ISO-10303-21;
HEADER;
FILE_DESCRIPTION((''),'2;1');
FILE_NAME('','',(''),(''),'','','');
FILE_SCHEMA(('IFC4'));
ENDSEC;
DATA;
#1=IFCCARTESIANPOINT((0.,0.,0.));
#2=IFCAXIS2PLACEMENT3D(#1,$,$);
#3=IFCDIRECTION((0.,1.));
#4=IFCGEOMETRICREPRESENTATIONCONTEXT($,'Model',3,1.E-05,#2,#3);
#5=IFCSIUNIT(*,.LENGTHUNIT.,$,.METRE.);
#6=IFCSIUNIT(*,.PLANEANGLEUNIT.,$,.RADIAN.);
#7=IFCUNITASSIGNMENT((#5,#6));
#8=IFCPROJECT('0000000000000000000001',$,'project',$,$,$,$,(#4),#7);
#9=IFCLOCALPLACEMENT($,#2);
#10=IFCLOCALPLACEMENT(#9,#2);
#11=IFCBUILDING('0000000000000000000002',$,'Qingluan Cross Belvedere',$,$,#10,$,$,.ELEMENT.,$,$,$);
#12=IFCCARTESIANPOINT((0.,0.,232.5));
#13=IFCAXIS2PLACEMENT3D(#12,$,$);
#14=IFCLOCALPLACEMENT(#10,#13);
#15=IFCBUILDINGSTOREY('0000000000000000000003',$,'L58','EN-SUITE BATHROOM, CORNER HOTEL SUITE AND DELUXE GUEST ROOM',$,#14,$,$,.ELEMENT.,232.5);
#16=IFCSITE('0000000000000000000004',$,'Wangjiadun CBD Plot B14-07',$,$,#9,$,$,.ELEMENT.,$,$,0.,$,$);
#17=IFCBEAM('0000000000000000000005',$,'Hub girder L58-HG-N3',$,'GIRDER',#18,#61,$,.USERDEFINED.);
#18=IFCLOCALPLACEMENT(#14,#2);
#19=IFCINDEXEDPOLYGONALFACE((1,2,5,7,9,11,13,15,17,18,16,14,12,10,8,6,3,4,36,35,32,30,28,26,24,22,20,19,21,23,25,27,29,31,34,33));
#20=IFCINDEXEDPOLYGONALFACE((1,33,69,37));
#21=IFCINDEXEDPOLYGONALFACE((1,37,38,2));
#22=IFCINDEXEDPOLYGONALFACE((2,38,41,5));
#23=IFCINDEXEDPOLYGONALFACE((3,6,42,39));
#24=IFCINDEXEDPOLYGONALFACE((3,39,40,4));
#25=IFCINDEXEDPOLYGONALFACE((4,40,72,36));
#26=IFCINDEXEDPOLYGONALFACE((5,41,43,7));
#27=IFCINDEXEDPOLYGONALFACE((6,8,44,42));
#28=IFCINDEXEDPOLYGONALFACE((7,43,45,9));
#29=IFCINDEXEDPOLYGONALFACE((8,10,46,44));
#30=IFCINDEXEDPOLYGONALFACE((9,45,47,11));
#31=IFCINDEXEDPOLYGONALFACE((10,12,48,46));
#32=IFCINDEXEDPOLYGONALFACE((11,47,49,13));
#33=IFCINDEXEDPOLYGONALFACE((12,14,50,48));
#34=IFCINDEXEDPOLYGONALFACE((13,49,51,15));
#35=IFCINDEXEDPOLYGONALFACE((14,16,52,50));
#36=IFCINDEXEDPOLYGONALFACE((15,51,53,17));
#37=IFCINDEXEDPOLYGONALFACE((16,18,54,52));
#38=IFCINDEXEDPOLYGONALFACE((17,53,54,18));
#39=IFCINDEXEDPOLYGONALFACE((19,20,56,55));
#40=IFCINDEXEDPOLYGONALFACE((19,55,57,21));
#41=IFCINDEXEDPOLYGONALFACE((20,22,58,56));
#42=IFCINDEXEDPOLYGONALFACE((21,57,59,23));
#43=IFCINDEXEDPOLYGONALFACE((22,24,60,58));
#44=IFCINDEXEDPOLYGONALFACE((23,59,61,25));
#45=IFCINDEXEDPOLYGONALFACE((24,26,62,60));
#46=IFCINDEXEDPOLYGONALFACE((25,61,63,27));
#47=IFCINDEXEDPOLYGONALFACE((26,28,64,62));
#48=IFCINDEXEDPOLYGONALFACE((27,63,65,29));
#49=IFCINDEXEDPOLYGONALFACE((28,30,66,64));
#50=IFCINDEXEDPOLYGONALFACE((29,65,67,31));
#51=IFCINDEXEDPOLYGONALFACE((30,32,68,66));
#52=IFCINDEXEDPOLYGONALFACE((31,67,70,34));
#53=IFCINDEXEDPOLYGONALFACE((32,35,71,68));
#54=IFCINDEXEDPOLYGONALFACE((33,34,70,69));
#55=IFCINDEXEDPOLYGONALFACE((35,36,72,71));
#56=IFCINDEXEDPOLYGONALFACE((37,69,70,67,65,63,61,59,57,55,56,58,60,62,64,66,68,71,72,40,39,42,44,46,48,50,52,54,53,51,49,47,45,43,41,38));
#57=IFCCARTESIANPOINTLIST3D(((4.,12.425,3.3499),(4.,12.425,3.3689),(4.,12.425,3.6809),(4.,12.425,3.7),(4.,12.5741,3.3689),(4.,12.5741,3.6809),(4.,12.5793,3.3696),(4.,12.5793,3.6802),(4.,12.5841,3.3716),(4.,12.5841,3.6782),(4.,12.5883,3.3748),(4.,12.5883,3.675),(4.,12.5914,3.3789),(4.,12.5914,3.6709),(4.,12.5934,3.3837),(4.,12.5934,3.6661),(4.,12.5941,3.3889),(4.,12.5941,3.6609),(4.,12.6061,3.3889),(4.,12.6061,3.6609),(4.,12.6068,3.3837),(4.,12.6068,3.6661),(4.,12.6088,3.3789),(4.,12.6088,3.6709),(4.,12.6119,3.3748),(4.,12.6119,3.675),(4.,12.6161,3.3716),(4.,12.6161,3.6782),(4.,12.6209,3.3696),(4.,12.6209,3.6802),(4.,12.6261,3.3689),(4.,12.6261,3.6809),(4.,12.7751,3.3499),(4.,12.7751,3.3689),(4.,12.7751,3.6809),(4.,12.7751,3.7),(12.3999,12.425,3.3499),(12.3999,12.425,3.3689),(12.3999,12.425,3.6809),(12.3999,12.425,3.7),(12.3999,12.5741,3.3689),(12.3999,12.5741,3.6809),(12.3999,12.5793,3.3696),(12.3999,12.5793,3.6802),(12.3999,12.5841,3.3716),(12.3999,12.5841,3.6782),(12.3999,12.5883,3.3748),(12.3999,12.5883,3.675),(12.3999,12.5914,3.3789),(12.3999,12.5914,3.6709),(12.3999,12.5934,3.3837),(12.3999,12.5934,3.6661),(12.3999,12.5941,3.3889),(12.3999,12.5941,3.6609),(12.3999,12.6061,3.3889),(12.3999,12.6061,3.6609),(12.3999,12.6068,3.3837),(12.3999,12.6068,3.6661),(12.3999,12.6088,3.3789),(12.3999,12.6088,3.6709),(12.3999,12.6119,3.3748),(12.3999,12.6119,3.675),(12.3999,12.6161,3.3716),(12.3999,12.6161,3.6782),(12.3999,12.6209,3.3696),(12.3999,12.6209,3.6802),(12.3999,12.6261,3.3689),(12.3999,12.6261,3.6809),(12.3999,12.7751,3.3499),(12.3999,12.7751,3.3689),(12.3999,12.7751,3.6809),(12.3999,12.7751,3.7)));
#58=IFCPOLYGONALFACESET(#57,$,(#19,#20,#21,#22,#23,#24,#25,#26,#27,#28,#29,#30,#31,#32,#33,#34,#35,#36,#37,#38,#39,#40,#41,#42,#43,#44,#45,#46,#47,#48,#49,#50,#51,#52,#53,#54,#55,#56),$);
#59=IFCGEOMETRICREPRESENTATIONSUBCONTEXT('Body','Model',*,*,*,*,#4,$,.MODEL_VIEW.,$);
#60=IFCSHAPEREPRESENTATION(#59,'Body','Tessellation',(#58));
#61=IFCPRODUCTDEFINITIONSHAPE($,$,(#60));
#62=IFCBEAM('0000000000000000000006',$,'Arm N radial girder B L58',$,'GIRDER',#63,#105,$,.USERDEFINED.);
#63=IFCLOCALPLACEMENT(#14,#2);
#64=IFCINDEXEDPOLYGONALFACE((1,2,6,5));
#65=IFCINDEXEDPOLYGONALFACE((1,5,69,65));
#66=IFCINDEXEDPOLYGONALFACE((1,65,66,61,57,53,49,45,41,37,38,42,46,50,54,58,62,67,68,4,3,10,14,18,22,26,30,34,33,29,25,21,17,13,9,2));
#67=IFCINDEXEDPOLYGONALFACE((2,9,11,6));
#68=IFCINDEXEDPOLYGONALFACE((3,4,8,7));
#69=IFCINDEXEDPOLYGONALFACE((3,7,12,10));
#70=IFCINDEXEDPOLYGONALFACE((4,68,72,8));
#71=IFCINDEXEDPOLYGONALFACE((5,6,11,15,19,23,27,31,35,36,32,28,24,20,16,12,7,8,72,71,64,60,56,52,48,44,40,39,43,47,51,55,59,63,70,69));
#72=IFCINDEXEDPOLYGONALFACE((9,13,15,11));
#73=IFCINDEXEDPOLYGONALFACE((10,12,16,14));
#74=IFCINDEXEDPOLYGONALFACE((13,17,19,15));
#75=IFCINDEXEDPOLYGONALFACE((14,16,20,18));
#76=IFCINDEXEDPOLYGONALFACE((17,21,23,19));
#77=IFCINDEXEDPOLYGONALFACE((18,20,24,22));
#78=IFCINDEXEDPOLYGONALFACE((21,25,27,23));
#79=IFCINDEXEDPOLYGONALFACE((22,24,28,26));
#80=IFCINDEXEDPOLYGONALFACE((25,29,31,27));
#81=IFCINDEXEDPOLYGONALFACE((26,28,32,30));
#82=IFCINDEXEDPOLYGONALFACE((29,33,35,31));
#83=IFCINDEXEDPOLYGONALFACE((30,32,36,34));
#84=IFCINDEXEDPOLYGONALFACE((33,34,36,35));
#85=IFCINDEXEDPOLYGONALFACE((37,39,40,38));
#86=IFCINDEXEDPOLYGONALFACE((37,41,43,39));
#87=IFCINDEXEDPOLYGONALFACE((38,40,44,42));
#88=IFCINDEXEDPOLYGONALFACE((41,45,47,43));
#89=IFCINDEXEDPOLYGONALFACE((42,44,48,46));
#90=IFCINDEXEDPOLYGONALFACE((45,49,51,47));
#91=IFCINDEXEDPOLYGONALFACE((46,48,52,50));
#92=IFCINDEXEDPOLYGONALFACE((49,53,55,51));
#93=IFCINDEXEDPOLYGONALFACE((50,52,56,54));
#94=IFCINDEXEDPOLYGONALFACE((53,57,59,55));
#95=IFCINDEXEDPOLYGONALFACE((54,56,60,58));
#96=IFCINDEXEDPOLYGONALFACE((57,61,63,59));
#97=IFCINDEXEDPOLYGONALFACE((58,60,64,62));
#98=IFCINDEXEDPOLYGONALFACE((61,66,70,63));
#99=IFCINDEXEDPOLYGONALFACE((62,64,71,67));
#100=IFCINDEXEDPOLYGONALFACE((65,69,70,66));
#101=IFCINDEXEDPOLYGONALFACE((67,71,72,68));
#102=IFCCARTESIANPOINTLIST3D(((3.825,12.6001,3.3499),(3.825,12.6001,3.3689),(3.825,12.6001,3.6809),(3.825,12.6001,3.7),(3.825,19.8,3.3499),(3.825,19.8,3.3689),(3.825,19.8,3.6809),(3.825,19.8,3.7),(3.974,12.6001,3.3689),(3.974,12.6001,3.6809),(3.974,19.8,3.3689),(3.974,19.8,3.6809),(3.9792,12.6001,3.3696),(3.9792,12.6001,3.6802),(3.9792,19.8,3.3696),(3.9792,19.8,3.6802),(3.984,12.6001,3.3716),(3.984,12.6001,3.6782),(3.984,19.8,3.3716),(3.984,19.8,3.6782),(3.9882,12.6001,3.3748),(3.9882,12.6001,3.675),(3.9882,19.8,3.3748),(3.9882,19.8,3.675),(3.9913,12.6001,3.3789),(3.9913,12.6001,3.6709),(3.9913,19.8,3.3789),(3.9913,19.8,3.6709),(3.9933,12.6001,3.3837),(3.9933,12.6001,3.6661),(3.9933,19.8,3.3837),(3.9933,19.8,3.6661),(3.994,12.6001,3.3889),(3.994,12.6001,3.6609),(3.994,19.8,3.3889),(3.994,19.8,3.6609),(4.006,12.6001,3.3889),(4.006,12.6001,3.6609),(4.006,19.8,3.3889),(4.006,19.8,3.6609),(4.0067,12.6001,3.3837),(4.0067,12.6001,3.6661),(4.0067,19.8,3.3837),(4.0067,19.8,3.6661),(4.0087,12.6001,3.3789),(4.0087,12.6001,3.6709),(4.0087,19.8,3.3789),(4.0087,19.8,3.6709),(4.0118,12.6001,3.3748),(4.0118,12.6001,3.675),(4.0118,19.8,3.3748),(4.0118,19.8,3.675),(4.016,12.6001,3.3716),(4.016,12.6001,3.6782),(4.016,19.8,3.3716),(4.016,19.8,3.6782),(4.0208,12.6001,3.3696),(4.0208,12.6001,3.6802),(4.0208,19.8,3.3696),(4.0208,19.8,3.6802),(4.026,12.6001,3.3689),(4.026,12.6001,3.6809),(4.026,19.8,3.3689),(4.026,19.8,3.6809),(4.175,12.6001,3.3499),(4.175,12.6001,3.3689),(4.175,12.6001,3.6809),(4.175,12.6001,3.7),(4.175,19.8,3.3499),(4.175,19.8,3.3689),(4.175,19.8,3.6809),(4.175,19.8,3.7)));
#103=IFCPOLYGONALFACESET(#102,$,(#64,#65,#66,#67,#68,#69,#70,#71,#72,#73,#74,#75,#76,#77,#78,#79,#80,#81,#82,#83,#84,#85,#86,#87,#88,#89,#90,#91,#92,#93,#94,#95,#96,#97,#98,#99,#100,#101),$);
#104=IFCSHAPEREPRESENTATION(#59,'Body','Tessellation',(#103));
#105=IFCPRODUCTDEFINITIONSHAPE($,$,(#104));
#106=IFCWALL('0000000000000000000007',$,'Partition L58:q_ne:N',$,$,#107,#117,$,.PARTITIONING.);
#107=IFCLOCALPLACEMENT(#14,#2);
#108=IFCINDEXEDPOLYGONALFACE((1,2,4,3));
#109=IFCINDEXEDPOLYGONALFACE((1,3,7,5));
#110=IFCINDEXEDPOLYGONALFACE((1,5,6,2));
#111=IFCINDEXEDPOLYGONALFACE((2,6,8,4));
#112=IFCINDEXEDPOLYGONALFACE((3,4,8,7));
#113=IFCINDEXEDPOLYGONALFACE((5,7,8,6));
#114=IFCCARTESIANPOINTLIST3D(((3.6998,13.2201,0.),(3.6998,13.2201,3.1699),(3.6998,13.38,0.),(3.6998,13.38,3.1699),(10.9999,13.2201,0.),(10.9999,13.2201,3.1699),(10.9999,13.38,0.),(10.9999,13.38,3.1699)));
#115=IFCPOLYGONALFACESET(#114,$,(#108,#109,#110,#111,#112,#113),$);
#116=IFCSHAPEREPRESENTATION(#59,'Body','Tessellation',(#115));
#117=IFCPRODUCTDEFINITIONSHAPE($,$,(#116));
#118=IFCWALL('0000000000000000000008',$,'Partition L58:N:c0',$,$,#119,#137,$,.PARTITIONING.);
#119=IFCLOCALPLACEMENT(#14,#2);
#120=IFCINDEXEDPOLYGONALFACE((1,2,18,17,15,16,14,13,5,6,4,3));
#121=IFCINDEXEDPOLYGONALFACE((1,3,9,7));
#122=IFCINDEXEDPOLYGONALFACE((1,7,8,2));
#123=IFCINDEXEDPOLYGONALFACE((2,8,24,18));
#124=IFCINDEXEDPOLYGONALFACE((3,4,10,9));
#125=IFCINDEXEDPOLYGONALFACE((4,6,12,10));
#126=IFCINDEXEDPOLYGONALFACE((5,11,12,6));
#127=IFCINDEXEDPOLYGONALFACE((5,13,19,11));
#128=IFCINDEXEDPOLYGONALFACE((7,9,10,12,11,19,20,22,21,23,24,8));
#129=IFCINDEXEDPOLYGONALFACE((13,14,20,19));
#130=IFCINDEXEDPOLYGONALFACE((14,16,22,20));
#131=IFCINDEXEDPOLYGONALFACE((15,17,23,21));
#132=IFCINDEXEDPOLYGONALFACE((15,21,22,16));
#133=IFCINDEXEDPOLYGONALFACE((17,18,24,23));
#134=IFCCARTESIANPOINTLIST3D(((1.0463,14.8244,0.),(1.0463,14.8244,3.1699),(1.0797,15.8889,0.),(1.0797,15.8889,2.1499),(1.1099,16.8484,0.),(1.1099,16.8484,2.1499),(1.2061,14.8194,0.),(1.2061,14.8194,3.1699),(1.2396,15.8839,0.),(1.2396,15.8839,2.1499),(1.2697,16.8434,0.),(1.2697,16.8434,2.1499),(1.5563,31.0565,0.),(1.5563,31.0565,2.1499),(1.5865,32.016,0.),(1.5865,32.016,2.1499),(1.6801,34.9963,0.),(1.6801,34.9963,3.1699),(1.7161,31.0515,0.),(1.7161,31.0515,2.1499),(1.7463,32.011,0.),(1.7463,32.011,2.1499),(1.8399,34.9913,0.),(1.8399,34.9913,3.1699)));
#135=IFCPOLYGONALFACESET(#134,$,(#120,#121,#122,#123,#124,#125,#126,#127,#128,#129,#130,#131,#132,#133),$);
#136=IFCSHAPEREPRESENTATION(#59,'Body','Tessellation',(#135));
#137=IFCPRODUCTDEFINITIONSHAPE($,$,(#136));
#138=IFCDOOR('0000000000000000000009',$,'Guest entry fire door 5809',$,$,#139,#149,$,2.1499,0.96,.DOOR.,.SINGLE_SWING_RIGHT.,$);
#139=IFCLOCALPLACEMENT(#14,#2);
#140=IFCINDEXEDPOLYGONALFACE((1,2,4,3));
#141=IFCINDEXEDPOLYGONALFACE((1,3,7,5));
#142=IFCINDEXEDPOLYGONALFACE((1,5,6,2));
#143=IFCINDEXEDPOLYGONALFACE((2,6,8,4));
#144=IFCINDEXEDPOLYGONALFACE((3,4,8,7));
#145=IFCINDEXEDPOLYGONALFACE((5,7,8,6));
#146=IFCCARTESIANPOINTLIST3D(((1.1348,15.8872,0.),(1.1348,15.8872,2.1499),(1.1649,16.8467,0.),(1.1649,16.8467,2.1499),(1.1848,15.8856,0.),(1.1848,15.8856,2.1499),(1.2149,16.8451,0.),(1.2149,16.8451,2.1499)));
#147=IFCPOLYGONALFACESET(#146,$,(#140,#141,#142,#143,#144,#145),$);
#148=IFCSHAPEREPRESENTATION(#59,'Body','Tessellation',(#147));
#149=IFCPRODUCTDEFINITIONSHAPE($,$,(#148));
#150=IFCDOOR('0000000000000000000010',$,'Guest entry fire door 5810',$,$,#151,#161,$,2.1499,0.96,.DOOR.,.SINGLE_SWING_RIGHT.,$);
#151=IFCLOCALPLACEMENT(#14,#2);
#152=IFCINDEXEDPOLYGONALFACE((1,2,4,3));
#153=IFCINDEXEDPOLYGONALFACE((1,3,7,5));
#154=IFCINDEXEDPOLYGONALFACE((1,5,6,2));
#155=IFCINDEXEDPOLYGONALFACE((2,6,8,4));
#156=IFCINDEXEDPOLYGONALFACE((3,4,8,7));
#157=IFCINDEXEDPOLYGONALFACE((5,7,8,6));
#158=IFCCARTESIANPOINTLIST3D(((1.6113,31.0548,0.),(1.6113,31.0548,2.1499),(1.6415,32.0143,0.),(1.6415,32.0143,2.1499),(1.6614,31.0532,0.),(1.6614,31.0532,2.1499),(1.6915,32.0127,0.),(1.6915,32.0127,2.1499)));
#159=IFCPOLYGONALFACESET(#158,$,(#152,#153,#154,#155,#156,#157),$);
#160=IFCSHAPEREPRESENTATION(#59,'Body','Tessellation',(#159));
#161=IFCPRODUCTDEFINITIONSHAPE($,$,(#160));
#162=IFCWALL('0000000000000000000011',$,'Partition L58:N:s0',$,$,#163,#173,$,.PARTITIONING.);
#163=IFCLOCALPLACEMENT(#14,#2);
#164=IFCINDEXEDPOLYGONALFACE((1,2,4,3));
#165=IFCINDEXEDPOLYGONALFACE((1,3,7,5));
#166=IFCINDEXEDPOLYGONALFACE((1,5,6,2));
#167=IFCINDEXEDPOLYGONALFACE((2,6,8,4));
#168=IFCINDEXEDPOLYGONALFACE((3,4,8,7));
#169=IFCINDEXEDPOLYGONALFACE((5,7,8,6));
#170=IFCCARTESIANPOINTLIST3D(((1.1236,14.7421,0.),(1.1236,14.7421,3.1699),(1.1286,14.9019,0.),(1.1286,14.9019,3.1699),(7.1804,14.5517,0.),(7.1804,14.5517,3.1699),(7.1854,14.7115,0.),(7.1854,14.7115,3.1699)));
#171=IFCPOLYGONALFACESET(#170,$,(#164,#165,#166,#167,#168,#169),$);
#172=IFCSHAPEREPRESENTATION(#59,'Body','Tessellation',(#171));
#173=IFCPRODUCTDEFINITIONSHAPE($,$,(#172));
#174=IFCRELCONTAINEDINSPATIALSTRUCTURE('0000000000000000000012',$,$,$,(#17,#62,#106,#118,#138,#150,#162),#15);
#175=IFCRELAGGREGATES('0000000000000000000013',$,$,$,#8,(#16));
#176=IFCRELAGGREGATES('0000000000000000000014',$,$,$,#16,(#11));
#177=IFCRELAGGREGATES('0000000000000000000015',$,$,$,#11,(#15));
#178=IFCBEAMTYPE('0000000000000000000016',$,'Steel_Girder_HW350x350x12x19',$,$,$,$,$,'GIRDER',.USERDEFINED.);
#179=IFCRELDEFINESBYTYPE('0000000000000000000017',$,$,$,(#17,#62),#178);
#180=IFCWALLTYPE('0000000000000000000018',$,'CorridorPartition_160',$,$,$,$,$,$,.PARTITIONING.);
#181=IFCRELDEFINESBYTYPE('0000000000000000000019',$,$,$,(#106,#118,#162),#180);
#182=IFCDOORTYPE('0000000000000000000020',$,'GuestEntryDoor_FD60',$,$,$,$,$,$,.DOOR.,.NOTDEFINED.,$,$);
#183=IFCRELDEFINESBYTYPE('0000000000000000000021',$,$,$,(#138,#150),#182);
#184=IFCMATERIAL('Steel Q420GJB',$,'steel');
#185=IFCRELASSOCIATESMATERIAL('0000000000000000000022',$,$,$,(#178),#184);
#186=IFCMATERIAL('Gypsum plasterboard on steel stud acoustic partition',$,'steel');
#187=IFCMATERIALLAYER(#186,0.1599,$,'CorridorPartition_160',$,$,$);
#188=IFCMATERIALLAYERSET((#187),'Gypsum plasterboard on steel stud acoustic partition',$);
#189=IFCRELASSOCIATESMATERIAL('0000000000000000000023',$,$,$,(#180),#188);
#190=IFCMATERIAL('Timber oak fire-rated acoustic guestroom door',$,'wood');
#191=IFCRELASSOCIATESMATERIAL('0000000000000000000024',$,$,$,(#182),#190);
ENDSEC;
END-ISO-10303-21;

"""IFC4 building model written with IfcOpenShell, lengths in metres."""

from ifc_helpers import new_model, si_unit, direction, frame, frame_2d, origin, origin_2d, place, context, subcontext, project, spatial, rectangle, i_section, extrude, material, layer, layer_set, material_profile, profile_set, type_object, element, fill, save


model = new_model("IFC4")

# Units and contexts
model_context = context("Model", 3, precision=1e-05, world=origin(), true_north=direction((0.0, 1.0)))
body_context = subcontext(model_context, "Body", "Model", "MODEL_VIEW")
ifc_project = project(units=[si_unit("LENGTHUNIT", "METRE"), si_unit("PLANEANGLEUNIT", "RADIAN")], contexts=[model_context])

# Site, building, storey
site_placement = place(None, origin())
site = spatial("IfcSite", under=ifc_project, at=site_placement, Name="Wangjiadun CBD Plot B14-07", CompositionType="ELEMENT", RefElevation=0.0)
building_placement = place(site_placement, origin())
building = spatial("IfcBuilding", under=site, at=building_placement, Name="Qingluan Cross Belvedere", CompositionType="ELEMENT")
storey_placement = place(building_placement, frame((0.0, 0.0, 232.5)))
storey = spatial("IfcBuildingStorey", under=building, at=storey_placement, Name="L58", Description="EN-SUITE BATHROOM, CORNER HOTEL SUITE AND DELUXE GUEST ROOM", CompositionType="ELEMENT", Elevation=232.5)

# Beams
ifc_material_1 = material(Name="Steel Q420GJB", Category="steel")
ifc_material_profile_1 = material_profile(ifc_material_1, i_section(OverallWidth=0.3501, OverallDepth=0.3501, WebThickness=0.012, FlangeThickness=0.019, FilletRadius=0.02, at=origin_2d()), Name="HW350x350x12x19")
ifc_profile_set_1 = profile_set([ifc_material_profile_1], Name="Steel Q420GJB")
beam_type_1 = type_object("IfcBeamType", Name="Steel_Girder_HW350x350x12x19", ElementType="GIRDER", PredefinedType="USERDEFINED", material=ifc_profile_set_1)
beam_1_placement = place(storey_placement, frame((4.0, 12.6001, 3.5249), z_axis=(1.0, 0.0, 0.0), x_axis=(0.0, 1.0, 0.0)))
element("IfcBeam", 1, at=beam_1_placement, inside=storey, type_object=beam_type_1, Name="Hub girder L58-HG-N3", ObjectType="GIRDER", PredefinedType="USERDEFINED", context=body_context, shape_type="SweptSolid", body=[
    extrude(i_section(OverallWidth=0.3501, OverallDepth=0.3501, WebThickness=0.012, FlangeThickness=0.019, FilletRadius=0.02, at=origin_2d()), origin(), (0.0, 0.0, 1.0), 8.3999),
])
beam_2_placement = place(storey_placement, frame((4.0, 12.6001, 3.5249), z_axis=(0.0, 1.0, 0.0), x_axis=(-1.0, 0.0, 0.0)))
element("IfcBeam", 2, at=beam_2_placement, inside=storey, type_object=beam_type_1, Name="Arm N radial girder B L58", ObjectType="GIRDER", PredefinedType="USERDEFINED", context=body_context, shape_type="SweptSolid", body=[
    extrude(i_section(OverallWidth=0.3501, OverallDepth=0.3501, WebThickness=0.012, FlangeThickness=0.019, FilletRadius=0.02, at=origin_2d()), origin(), (0.0, 0.0, 1.0), 7.2),
])

# Wall
ifc_material_2 = material(Name="Gypsum plasterboard on steel stud acoustic partition", Category="steel")
ifc_layer_1 = layer(ifc_material_2, 0.1599, Name="CorridorPartition_160")
ifc_layer_set_1 = layer_set([ifc_layer_1], Name="Gypsum plasterboard on steel stud acoustic partition")
wall_type_1 = type_object("IfcWallType", Name="CorridorPartition_160", PredefinedType="PARTITIONING", material=ifc_layer_set_1)
wall_1_placement = place(storey_placement, frame((3.7, 13.3, 0.0), z_axis=(0.0, 0.0, 1.0), x_axis=(1.0, 0.0, 0.0)))
element("IfcWall", 3, at=wall_1_placement, inside=storey, type_object=wall_type_1, Name="Partition L58:q_ne:N", PredefinedType="PARTITIONING", context=body_context, shape_type="SweptSolid", body=[
    extrude(rectangle(XDim=7.3, YDim=0.1599, at=frame_2d((3.6499, 0.0))), origin(), (0.0, 0.0, 1.0), 3.1699),
])

# Wall, openings, doors
wall_2_placement = place(storey_placement, frame((1.1262, 14.822, 0.0), z_axis=(0.0, 0.0, 1.0), x_axis=(0.031404, 0.999507, 0.0)))
wall_2 = element("IfcWall", 4, at=wall_2_placement, inside=storey, type_object=wall_type_1, Name="Partition L58:N:c0", PredefinedType="PARTITIONING", context=body_context, shape_type="SweptSolid", body=[
    extrude(rectangle(XDim=20.1819, YDim=0.1599, at=frame_2d((10.0908, 0.0))), origin(), (0.0, 0.0, 1.0), 3.1699),
])
opening_1_placement = place(wall_2_placement, frame((1.0649, 0.0, 0.0)))
opening_1 = element("IfcOpeningElement", 5, at=opening_1_placement, cuts=wall_2, PredefinedType="OPENING", context=body_context, shape_type="SweptSolid", body=[
    extrude(rectangle(XDim=0.96, YDim=2.1499, at=frame_2d((0.48, 1.075))), frame((0.0, 0.0898, 0.0), z_axis=(0.0, -1.0, 0.0), x_axis=(1.0, 0.0, 0.0)), (0.0, 0.0, 1.0), 0.1799),
])
opening_2_placement = place(wall_2_placement, frame((16.24, 0.0, 0.0)))
opening_2 = element("IfcOpeningElement", 6, at=opening_2_placement, cuts=wall_2, PredefinedType="OPENING", context=body_context, shape_type="SweptSolid", body=[
    extrude(rectangle(XDim=0.96, YDim=2.1499, at=frame_2d((0.48, 1.075))), frame((0.0, 0.0898, 0.0), z_axis=(0.0, -1.0, 0.0), x_axis=(1.0, 0.0, 0.0)), (0.0, 0.0, 1.0), 0.1799),
])
ifc_material_3 = material(Name="Timber oak fire-rated acoustic guestroom door", Category="wood")
door_type = type_object("IfcDoorType", Name="GuestEntryDoor_FD60", OperationType="NOTDEFINED", PredefinedType="DOOR", material=ifc_material_3)
door_1_placement = place(opening_1_placement, origin())
door_1 = element("IfcDoor", 7, at=door_1_placement, inside=storey, type_object=door_type, Name="Guest entry fire door 5809", OperationType="SINGLE_SWING_RIGHT", OverallHeight=2.1499, OverallWidth=0.96, PredefinedType="DOOR", context=body_context, shape_type="SweptSolid", body=[
    extrude(rectangle(XDim=0.96, YDim=2.1499, at=frame_2d((0.48, 1.075))), frame((0.0, 0.0249, 0.0), z_axis=(0.0, -1.0, 0.0), x_axis=(1.0, 0.0, 0.0)), (0.0, 0.0, 1.0), 0.05),
])
fill(opening_1, door_1)
door_2_placement = place(opening_2_placement, origin())
door_2 = element("IfcDoor", 8, at=door_2_placement, inside=storey, type_object=door_type, Name="Guest entry fire door 5810", OperationType="SINGLE_SWING_RIGHT", OverallHeight=2.1499, OverallWidth=0.96, PredefinedType="DOOR", context=body_context, shape_type="SweptSolid", body=[
    extrude(rectangle(XDim=0.96, YDim=2.1499, at=frame_2d((0.48, 1.075))), frame((0.0, 0.0249, 0.0), z_axis=(0.0, -1.0, 0.0), x_axis=(1.0, 0.0, 0.0)), (0.0, 0.0, 1.0), 0.05),
])
fill(opening_2, door_2)

# Wall
wall_3_placement = place(storey_placement, frame((1.1262, 14.822, 0.0), z_axis=(0.0, 0.0, 1.0), x_axis=(0.999506, -0.031425, 0.0)))
element("IfcWall", 9, at=wall_3_placement, inside=storey, type_object=wall_type_1, Name="Partition L58:N:s0", PredefinedType="PARTITIONING", context=body_context, shape_type="SweptSolid", body=[
    extrude(rectangle(XDim=6.0598, YDim=0.1599, at=frame_2d((3.0298, 0.0))), origin(), (0.0, 0.0, 1.0), 3.1699),
])

save(model, "model.ifc")
